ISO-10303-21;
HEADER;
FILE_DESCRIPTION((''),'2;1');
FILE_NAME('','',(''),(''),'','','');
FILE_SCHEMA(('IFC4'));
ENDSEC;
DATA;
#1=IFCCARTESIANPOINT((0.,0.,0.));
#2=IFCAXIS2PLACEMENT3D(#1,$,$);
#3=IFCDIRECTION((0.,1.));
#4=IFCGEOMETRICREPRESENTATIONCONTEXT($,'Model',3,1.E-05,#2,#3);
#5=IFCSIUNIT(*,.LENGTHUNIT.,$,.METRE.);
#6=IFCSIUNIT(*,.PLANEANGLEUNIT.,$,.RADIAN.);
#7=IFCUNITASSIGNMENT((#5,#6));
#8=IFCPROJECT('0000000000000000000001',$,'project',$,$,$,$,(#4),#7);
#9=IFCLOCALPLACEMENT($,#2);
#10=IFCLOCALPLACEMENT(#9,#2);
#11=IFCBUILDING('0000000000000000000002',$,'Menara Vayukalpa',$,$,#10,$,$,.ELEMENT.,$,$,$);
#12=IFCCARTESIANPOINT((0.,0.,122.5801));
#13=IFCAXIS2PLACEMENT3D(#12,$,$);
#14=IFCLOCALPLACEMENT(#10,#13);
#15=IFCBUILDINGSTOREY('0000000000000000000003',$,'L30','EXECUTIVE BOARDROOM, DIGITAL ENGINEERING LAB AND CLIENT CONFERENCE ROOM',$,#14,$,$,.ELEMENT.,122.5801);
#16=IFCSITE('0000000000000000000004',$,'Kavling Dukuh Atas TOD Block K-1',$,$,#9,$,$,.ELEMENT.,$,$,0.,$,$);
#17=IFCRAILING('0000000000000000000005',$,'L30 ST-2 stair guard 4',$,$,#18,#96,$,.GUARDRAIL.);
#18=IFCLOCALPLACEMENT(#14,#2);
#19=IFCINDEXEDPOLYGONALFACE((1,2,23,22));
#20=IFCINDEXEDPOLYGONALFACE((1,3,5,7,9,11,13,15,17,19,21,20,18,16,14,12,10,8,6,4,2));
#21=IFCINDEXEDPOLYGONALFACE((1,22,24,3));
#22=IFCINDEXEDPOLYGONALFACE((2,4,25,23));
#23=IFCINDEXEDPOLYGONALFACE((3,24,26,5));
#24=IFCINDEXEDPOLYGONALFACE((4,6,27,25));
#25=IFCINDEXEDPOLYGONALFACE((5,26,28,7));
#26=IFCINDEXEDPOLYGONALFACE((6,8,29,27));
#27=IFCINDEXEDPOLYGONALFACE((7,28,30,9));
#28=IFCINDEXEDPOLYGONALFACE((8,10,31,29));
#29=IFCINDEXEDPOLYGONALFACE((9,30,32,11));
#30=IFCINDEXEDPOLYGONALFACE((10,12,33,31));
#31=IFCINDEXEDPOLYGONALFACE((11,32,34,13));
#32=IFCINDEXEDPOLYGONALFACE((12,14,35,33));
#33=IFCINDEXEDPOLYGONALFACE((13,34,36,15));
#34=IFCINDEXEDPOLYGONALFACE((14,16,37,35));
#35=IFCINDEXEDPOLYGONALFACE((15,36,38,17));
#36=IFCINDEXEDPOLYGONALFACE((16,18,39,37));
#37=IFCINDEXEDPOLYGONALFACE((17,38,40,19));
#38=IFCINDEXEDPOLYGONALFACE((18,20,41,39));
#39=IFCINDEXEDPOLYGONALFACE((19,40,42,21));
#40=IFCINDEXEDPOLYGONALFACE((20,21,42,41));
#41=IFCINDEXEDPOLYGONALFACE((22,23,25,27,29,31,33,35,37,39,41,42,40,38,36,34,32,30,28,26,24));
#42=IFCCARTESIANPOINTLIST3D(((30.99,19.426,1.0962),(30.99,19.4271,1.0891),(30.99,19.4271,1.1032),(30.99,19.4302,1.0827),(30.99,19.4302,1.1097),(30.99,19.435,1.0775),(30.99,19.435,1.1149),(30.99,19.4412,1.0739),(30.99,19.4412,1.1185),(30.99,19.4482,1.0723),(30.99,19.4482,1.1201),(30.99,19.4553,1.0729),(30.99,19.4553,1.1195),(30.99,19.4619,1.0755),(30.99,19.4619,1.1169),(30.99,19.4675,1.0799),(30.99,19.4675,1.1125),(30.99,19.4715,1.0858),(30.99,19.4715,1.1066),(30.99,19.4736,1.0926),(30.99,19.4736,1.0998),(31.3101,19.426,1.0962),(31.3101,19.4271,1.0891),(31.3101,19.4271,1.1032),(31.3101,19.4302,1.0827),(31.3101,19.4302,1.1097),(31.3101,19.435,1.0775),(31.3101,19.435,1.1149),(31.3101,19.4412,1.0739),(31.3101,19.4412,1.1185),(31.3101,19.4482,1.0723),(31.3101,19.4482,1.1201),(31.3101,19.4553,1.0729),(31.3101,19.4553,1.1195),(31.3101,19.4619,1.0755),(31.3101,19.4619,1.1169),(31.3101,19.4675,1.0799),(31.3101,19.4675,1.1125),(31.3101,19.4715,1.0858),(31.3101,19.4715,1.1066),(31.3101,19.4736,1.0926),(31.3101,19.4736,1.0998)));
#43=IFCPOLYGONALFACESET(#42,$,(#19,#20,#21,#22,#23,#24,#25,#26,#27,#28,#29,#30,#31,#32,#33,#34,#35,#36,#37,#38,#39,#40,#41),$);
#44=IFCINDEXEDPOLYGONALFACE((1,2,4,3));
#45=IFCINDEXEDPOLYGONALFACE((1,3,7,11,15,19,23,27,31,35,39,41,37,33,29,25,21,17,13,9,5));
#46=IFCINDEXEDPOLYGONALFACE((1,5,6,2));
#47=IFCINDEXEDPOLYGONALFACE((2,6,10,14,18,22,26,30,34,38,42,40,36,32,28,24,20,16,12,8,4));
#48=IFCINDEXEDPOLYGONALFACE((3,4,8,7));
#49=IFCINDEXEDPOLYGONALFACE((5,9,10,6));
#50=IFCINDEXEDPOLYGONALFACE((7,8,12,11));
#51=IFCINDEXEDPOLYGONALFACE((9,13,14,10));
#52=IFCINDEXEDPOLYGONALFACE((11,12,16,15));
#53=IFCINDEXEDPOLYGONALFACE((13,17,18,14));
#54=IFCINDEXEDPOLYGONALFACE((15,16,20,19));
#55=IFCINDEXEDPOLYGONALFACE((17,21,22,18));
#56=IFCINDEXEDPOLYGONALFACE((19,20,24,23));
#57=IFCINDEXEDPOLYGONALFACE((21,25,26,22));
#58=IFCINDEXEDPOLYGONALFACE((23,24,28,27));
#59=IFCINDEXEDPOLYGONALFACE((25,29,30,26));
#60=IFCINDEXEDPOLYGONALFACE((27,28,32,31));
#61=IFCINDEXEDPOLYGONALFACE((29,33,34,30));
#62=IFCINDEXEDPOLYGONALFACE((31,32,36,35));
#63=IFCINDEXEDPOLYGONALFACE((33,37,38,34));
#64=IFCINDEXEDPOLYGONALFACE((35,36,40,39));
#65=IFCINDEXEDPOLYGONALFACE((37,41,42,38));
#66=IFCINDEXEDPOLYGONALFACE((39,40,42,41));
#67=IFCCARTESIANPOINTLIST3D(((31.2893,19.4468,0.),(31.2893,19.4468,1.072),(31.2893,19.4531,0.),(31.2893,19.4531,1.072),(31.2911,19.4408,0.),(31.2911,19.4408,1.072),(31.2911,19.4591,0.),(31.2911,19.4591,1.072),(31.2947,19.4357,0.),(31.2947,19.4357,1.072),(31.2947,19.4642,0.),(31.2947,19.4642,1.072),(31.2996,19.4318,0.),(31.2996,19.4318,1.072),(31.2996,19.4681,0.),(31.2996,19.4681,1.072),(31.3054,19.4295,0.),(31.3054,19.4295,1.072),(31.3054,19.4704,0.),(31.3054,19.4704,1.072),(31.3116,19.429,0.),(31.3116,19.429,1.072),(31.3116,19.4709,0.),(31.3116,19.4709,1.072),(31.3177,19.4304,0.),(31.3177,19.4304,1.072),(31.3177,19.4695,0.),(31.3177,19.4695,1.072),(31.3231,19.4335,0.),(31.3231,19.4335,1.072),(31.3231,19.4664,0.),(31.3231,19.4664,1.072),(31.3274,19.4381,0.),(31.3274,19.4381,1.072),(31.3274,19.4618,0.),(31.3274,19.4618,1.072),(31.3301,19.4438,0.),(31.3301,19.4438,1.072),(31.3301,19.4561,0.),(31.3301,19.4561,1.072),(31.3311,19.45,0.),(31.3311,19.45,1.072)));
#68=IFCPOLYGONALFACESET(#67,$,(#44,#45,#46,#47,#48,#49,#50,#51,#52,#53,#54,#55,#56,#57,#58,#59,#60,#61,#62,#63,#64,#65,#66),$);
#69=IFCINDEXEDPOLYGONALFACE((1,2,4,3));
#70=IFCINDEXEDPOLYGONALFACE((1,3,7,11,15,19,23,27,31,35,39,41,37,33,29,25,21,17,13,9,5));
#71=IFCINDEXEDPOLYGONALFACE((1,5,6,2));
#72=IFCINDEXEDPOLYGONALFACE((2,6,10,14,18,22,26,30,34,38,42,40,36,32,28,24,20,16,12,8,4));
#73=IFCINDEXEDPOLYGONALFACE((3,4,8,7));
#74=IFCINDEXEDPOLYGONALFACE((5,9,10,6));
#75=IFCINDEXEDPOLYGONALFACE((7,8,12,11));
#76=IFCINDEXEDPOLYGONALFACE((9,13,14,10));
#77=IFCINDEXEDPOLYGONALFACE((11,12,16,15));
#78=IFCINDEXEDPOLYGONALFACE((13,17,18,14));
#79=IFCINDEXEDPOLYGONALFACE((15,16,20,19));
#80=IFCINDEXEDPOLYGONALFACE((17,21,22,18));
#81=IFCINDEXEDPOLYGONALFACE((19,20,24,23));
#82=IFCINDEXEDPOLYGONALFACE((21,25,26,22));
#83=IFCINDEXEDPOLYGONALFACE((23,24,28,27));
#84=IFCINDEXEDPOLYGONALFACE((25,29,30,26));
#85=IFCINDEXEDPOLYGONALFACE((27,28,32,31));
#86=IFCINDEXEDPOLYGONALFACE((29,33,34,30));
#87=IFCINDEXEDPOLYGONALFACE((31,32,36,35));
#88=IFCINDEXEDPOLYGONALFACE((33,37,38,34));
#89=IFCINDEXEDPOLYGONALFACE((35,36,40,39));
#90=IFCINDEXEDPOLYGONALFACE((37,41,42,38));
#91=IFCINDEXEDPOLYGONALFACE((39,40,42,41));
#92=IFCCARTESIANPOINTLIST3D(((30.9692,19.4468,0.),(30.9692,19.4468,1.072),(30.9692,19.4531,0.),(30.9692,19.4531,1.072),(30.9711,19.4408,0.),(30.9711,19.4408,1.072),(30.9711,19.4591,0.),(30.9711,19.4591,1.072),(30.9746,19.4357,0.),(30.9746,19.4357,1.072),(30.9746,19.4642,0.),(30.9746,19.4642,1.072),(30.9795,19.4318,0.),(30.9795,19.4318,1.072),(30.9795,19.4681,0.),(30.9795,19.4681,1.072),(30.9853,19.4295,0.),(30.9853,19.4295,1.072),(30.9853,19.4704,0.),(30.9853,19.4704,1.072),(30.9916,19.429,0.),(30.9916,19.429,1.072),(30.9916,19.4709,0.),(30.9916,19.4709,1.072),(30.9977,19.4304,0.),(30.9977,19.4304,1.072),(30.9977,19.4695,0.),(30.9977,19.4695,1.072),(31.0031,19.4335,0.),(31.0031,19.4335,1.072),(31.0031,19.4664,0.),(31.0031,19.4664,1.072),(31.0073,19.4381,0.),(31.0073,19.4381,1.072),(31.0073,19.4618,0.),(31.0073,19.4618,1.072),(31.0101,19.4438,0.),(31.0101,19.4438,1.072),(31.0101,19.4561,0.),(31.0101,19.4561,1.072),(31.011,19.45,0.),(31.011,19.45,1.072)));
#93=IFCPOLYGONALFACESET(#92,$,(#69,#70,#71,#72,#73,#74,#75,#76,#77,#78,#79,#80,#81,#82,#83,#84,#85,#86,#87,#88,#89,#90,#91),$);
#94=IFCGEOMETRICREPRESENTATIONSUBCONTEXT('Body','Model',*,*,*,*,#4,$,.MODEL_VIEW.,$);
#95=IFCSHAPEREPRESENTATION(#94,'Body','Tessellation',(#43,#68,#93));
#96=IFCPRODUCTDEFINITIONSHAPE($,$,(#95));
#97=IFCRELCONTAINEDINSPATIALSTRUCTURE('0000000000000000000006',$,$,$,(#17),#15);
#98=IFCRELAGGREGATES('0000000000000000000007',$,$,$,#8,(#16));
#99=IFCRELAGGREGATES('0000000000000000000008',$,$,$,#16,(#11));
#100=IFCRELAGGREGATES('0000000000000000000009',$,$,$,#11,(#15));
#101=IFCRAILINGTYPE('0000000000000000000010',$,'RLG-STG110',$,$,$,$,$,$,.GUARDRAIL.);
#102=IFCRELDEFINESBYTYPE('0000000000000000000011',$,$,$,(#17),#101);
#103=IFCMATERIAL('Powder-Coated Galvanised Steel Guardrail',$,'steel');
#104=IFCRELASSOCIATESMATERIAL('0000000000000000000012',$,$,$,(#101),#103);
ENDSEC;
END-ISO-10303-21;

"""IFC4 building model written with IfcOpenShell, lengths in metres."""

from ifc_helpers import new_model, si_unit, direction, frame, origin, origin_2d, place, context, subcontext, project, spatial, circle, extrude, material, type_object, element, save


model = new_model("IFC4")

# Units and contexts
model_context = context("Model", 3, precision=1e-05, world=origin(), true_north=direction((0.0, 1.0)))
body_context = subcontext(model_context, "Body", "Model", "MODEL_VIEW")
ifc_project = project(units=[si_unit("LENGTHUNIT", "METRE"), si_unit("PLANEANGLEUNIT", "RADIAN")], contexts=[model_context])

# Site, building, storey
site_placement = place(None, origin())
site = spatial("IfcSite", under=ifc_project, at=site_placement, Name="Kavling Dukuh Atas TOD Block K-1", CompositionType="ELEMENT", RefElevation=0.0)
building_placement = place(site_placement, origin())
building = spatial("IfcBuilding", under=site, at=building_placement, Name="Menara Vayukalpa", CompositionType="ELEMENT")
storey_placement = place(building_placement, frame((0.0, 0.0, 122.5801)))
storey = spatial("IfcBuildingStorey", under=building, at=storey_placement, Name="L30", Description="EXECUTIVE BOARDROOM, DIGITAL ENGINEERING LAB AND CLIENT CONFERENCE ROOM", CompositionType="ELEMENT", Elevation=122.5801)

# Railing
ifc_material_1 = material(Name="Powder-Coated Galvanised Steel Guardrail", Category="steel")
railing_type_1 = type_object("IfcRailingType", Name="RLG-STG110", PredefinedType="GUARDRAIL", material=ifc_material_1)
railing_1_placement = place(storey_placement, frame((31.3101, 19.45, 0.0)))
element("IfcRailing", 1, at=railing_1_placement, inside=storey, type_object=railing_type_1, Name="L30 ST-2 stair guard 4", PredefinedType="GUARDRAIL", context=body_context, shape_type="SweptSolid", body=[
    extrude(circle(Radius=0.0239, at=origin_2d()), frame((0.0, 0.0, 1.0962), z_axis=(-1.0, 0.0, 0.0), x_axis=(0.0, -1.0, 0.0)), (0.0, 0.0, 1.0), 0.3201),
    extrude(circle(Radius=0.021, at=origin_2d()), origin(), (0.0, 0.0, 1.0), 1.072),
    extrude(circle(Radius=0.021, at=origin_2d()), frame((-0.3201, 0.0, 0.0)), (0.0, 0.0, 1.0), 1.072),
])

save(model, "model.ifc")
